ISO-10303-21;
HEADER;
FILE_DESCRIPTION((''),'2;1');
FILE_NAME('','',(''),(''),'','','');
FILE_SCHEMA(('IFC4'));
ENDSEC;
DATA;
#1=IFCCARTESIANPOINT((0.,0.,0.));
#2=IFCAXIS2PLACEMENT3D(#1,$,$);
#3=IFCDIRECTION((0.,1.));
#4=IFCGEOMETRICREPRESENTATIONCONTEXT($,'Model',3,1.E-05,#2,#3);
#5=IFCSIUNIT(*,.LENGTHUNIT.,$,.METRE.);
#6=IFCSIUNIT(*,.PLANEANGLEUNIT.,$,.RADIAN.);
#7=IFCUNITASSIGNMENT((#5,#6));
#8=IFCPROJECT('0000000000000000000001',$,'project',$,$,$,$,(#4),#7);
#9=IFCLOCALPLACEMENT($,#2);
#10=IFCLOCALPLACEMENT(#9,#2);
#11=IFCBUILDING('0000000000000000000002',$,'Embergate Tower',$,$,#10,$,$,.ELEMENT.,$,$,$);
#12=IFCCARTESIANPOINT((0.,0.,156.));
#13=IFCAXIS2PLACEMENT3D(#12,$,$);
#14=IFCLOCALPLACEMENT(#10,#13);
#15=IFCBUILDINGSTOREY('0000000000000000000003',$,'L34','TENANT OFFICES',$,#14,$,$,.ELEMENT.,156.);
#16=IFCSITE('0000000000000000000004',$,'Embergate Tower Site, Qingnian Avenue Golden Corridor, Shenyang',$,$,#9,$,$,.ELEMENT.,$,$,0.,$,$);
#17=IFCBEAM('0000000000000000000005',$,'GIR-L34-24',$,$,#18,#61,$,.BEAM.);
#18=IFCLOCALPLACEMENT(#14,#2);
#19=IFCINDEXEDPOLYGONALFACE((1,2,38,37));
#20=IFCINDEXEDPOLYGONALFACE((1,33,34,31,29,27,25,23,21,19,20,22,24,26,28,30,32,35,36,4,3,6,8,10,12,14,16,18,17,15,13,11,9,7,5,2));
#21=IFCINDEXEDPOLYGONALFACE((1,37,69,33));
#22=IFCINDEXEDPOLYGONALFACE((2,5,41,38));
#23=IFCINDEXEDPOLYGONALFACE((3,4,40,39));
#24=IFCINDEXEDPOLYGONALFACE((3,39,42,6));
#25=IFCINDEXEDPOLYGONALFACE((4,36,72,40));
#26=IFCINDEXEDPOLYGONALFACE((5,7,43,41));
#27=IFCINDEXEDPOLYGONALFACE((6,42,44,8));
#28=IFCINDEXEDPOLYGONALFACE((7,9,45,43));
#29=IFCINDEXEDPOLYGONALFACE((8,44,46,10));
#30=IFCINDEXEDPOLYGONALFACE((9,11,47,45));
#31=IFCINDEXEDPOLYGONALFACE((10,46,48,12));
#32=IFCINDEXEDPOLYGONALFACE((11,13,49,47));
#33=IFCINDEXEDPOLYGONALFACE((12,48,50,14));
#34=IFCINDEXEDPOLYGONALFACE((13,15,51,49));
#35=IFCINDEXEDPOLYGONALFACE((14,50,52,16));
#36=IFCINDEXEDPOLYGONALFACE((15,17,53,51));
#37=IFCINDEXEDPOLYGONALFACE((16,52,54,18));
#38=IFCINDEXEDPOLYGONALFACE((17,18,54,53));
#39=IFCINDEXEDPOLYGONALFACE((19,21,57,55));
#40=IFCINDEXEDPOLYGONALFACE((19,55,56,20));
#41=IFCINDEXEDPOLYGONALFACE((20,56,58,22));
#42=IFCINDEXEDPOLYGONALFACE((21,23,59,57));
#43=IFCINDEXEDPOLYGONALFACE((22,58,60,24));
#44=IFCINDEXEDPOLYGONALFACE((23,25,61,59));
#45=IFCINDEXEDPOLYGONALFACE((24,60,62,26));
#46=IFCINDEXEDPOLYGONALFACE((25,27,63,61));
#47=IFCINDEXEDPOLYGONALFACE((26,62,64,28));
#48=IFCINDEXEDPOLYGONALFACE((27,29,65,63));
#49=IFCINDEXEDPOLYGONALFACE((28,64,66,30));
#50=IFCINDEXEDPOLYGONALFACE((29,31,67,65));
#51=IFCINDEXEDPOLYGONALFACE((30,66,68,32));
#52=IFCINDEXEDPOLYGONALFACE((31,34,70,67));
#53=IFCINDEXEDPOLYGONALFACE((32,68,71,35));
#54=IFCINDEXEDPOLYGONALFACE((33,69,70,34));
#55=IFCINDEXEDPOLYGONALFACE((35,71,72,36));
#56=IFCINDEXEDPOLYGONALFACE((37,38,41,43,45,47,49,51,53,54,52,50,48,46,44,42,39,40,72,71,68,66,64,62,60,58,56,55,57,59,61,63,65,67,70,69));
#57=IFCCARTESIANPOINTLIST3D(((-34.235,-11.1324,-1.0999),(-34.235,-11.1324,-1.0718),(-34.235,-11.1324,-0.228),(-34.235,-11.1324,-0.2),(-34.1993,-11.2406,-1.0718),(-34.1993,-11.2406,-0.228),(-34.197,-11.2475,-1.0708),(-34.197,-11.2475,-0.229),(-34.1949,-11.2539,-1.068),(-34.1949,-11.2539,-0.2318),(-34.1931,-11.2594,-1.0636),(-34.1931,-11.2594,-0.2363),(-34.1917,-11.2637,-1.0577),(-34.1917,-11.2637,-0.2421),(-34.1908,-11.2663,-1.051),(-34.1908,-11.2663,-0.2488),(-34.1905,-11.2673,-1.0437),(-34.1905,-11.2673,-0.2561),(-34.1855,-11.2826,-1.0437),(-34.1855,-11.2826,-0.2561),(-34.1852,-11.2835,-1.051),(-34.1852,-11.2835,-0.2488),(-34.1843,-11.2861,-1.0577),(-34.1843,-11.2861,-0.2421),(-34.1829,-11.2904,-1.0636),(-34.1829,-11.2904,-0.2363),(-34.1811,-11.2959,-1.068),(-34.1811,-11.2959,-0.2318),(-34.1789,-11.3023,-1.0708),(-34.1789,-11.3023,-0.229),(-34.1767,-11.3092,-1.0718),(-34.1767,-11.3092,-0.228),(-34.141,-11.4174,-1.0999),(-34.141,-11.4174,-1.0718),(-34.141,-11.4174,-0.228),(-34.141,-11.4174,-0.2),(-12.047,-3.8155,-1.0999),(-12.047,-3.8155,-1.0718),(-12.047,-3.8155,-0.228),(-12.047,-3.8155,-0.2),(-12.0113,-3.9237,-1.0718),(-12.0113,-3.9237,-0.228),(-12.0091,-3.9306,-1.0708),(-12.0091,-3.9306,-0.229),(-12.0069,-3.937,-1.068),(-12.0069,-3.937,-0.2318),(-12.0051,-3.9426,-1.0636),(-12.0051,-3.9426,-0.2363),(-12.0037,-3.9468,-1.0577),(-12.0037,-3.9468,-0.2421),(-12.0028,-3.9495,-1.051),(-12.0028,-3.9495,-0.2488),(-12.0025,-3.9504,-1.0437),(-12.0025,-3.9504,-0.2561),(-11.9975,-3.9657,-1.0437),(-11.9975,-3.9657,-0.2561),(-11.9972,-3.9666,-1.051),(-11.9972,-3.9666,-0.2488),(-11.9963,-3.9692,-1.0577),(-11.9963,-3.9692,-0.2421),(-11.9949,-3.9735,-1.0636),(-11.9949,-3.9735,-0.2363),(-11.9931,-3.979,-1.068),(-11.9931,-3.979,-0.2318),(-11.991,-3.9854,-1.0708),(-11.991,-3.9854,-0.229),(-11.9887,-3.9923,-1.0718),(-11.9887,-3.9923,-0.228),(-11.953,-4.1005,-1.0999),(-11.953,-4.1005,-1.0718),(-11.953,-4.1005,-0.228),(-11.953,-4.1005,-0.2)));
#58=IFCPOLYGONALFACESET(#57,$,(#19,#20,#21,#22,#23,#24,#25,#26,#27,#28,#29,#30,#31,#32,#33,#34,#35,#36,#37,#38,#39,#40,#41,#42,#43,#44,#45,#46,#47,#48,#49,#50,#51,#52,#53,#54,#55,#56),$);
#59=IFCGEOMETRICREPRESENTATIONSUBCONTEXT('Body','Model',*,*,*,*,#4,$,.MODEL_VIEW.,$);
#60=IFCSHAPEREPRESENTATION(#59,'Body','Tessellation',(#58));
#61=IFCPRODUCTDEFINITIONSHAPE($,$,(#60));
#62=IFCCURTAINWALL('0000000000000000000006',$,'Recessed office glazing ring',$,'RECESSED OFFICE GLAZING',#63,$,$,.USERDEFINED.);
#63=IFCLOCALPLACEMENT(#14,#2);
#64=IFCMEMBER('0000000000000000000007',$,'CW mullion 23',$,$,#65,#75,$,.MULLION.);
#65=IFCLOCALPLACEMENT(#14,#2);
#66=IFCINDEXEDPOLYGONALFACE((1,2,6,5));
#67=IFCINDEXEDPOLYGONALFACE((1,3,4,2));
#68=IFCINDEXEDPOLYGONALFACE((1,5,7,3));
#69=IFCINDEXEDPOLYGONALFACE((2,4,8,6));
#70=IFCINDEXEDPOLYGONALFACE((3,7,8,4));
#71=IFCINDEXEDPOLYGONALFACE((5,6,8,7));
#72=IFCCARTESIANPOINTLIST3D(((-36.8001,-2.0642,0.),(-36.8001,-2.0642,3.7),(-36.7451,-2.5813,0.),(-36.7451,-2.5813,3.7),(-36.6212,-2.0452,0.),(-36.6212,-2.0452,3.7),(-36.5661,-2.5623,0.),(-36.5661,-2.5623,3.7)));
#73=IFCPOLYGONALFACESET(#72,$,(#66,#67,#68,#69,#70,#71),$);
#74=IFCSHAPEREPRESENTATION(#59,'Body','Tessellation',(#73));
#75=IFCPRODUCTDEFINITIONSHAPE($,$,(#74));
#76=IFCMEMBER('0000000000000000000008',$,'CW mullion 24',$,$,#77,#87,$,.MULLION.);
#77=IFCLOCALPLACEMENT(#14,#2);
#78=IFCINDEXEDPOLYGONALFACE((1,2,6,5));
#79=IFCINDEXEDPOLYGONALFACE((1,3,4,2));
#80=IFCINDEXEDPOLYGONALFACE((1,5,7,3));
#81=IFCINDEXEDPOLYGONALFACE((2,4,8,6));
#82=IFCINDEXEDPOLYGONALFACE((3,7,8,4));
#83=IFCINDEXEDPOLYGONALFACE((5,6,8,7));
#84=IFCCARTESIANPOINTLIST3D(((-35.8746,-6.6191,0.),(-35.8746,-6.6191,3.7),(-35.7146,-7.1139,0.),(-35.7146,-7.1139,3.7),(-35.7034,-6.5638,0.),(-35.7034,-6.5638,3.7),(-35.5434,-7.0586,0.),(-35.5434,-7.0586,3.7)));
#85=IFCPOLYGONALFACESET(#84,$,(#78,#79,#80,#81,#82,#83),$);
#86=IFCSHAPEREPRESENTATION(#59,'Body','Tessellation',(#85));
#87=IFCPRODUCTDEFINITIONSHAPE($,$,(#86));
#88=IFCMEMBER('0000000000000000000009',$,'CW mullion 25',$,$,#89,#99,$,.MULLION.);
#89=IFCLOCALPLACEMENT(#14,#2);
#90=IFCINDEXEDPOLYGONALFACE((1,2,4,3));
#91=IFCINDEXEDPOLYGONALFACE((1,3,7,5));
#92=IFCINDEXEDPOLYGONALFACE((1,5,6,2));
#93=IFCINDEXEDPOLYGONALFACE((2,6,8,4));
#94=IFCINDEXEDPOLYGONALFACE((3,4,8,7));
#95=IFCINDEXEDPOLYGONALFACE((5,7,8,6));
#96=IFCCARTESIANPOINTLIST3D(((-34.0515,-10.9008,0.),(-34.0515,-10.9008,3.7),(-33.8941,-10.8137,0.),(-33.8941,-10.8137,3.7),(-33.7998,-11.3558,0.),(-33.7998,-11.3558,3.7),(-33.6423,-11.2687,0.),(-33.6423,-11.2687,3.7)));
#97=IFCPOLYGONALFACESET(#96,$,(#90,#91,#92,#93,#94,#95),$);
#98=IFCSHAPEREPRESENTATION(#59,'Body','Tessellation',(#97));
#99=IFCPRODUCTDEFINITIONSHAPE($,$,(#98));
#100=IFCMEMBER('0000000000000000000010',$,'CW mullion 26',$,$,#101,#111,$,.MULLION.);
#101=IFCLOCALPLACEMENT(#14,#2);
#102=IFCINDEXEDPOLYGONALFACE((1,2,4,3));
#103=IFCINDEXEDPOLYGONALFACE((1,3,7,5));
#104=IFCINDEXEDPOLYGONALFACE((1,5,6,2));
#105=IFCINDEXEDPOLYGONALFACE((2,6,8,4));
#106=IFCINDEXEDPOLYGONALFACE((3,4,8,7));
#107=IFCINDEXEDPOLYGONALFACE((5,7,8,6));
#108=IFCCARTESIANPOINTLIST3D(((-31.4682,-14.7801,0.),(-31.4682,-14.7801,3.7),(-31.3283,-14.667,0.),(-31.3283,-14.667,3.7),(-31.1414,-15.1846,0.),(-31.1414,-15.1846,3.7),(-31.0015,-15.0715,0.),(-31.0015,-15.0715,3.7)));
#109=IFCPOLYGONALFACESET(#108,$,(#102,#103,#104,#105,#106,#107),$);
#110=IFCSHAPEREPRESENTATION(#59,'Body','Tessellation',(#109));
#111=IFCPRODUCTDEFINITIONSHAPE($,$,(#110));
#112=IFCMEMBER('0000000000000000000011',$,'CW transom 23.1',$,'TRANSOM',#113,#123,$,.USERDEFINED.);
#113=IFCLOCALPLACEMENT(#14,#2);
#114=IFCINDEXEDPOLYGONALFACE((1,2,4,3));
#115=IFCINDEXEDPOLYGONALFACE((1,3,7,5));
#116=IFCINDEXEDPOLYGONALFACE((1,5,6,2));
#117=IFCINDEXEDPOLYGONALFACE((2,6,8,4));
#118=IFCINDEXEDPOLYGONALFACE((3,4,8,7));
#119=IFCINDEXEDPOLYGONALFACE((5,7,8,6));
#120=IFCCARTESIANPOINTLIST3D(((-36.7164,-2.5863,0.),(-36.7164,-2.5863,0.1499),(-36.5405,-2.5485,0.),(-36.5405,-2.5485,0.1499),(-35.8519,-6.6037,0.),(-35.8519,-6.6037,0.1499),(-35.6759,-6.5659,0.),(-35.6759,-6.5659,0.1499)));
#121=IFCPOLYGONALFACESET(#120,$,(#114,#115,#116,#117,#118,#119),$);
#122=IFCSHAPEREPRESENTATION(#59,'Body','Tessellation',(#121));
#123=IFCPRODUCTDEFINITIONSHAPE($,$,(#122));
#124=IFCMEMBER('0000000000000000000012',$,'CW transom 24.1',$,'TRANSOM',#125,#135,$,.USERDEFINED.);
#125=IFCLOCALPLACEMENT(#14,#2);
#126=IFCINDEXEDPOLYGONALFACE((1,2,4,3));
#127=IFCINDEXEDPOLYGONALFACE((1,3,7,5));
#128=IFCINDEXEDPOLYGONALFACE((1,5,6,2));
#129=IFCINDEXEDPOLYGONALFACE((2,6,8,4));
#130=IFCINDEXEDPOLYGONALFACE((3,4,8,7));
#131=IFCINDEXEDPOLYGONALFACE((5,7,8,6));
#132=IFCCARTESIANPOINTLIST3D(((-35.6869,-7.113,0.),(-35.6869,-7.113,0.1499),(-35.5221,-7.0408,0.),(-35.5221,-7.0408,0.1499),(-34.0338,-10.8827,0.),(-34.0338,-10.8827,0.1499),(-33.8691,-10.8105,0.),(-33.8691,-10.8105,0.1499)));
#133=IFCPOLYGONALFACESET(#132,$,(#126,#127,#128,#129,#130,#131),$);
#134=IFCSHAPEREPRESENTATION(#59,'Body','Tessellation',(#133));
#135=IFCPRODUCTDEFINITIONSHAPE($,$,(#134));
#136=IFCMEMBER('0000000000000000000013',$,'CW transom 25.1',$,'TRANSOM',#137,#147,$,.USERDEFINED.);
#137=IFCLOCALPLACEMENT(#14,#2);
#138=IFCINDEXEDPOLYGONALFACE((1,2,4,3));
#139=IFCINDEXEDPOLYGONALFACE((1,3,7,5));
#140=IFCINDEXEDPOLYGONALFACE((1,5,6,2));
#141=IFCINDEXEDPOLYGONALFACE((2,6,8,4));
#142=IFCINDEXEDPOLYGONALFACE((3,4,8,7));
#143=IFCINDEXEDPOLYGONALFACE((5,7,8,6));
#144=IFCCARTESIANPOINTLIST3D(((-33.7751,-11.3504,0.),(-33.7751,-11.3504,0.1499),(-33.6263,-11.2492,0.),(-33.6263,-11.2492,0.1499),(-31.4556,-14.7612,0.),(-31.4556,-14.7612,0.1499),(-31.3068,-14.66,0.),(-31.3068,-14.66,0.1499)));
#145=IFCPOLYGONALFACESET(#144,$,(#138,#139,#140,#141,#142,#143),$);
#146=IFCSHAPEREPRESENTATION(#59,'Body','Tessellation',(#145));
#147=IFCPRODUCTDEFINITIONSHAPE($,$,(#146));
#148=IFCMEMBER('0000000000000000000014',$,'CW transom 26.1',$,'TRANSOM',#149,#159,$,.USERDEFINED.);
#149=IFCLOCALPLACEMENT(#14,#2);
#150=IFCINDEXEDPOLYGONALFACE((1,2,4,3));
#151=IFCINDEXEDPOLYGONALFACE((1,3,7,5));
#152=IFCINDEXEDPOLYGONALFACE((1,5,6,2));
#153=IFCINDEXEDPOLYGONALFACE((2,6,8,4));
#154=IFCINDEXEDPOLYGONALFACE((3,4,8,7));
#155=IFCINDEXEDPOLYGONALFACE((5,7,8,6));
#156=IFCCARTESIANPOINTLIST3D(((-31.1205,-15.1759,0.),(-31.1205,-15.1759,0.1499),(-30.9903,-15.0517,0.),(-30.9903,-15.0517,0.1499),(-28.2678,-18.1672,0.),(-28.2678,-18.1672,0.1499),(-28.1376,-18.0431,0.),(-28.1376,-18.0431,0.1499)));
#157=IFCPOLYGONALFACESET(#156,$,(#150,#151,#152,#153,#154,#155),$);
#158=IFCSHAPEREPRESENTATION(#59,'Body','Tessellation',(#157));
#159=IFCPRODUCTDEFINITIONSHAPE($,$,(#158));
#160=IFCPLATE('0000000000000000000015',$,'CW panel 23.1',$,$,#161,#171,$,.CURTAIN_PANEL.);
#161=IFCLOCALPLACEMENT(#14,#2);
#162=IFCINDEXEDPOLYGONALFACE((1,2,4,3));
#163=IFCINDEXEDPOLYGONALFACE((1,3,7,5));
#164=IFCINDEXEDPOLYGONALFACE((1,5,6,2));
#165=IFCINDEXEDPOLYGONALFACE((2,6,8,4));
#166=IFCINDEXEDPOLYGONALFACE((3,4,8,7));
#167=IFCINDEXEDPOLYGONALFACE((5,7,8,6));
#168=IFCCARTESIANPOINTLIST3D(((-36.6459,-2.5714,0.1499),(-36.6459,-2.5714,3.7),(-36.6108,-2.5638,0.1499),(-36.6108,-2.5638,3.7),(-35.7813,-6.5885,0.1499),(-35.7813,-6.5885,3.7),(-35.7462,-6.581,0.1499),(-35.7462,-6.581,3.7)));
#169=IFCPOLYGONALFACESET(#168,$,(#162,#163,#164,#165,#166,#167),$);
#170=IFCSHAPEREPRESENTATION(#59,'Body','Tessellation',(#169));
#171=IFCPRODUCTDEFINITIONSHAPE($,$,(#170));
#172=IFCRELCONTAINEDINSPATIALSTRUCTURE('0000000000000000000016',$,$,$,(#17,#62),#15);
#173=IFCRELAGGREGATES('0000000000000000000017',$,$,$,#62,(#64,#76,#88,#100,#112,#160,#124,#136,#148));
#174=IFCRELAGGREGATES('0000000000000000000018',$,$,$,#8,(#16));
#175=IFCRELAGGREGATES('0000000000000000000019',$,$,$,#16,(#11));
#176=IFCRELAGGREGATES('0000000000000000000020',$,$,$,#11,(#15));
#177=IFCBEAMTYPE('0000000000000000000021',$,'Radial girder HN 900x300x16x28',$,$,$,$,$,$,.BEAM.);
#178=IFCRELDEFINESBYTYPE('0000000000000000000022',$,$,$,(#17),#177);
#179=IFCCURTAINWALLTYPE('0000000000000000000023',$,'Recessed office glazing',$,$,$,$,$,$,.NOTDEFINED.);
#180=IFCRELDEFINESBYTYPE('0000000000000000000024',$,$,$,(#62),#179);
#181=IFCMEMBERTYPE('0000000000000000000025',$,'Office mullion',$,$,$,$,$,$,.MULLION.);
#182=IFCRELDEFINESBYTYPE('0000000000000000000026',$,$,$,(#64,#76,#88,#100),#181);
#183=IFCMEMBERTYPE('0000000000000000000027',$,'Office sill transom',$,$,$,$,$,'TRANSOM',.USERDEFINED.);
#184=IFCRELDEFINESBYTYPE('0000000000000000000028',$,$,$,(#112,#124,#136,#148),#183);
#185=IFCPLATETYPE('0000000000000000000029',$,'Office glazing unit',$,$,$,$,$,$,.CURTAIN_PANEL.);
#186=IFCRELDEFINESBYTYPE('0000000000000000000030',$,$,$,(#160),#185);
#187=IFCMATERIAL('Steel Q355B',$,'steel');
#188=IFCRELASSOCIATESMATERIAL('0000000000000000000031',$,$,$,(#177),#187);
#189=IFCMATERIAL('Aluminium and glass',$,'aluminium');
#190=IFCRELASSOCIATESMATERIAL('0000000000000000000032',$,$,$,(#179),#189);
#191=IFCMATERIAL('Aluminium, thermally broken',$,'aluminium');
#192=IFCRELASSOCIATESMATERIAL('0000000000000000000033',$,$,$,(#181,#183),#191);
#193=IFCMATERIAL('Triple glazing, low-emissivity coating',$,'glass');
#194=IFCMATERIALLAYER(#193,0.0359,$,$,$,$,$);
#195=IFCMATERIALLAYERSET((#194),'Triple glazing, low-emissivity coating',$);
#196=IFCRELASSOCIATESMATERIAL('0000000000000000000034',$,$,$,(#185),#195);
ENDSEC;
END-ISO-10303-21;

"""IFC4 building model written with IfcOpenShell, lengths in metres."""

from ifc_helpers import new_model, si_unit, direction, frame, origin, origin_2d, place, context, subcontext, project, spatial, rectangle, i_section, extrude, source, transform, mapped, material, layer, layer_set, material_profile, profile_set, type_object, element, aggregate, save


model = new_model("IFC4")

# Units and contexts
model_context = context("Model", 3, precision=1e-05, world=origin(), true_north=direction((0.0, 1.0)))
body_context = subcontext(model_context, "Body", "Model", "MODEL_VIEW")
ifc_project = project(units=[si_unit("LENGTHUNIT", "METRE"), si_unit("PLANEANGLEUNIT", "RADIAN")], contexts=[model_context])

# Site, building, storey
site_placement = place(None, origin())
site = spatial("IfcSite", under=ifc_project, at=site_placement, Name="Embergate Tower Site, Qingnian Avenue Golden Corridor, Shenyang", CompositionType="ELEMENT", RefElevation=0.0)
building_placement = place(site_placement, origin())
building = spatial("IfcBuilding", under=site, at=building_placement, Name="Embergate Tower", CompositionType="ELEMENT")
storey_placement = place(building_placement, frame((0.0, 0.0, 156.0)))
storey = spatial("IfcBuildingStorey", under=building, at=storey_placement, Name="L34", Description="TENANT OFFICES", CompositionType="ELEMENT", Elevation=156.0)

# Beam
ifc_material_1 = material(Name="Steel Q355B", Category="steel")
ifc_material_profile_1 = material_profile(ifc_material_1, i_section(OverallWidth=0.3, OverallDepth=0.8999, WebThickness=0.0161, FlangeThickness=0.0281, FilletRadius=0.0281, at=origin_2d()), Name="HN 900x300x16x28")
ifc_profile_set_1 = profile_set([ifc_material_profile_1], Name="Steel Q355 grade B")
beam_type_1 = type_object("IfcBeamType", Name="Radial girder HN 900x300x16x28", PredefinedType="BEAM", material=ifc_profile_set_1)
shared_shape_1 = source(origin(), body_context, "Body", "SweptSolid", [
    extrude(i_section(OverallWidth=0.3, OverallDepth=0.8999, WebThickness=0.0161, FlangeThickness=0.0281, FilletRadius=0.0281, at=origin_2d()), origin(), (0.0, 0.0, 1.0), 23.3633),
])
beam_1_placement = place(storey_placement, frame((-34.188, -11.2749, -0.6499), z_axis=(0.949694, 0.313179, 0.0), x_axis=(-0.313179, 0.949694, 0.0)))
element("IfcBeam", 1, at=beam_1_placement, inside=storey, type_object=beam_type_1, Name="GIR-L34-24", PredefinedType="BEAM", context=body_context, shape_type="MappedRepresentation", body=[
    mapped(shared_shape_1, transform((0.0, 0.0, 0.0))),
])

# Curtain wall, members, plate
ifc_material_2 = material(Name="Aluminium and glass", Category="aluminium")
curtain_wall_type = type_object("IfcCurtainWallType", Name="Recessed office glazing", PredefinedType="NOTDEFINED", material=ifc_material_2)
curtain_wall_placement = place(storey_placement, origin())
curtain_wall = element("IfcCurtainWall", 2, at=curtain_wall_placement, inside=storey, type_object=curtain_wall_type, Name="Recessed office glazing ring", ObjectType="RECESSED OFFICE GLAZING", PredefinedType="USERDEFINED")
ifc_material_3 = material(Name="Aluminium, thermally broken", Category="aluminium")
ifc_material_profile_2 = material_profile(ifc_material_3, rectangle(XDim=0.1799, YDim=0.52, at=origin_2d()), Name="AL 520x180")
ifc_profile_set_2 = profile_set([ifc_material_profile_2], Name="Aluminium, thermally broken")
member_type_1 = type_object("IfcMemberType", Name="Office mullion", PredefinedType="MULLION", material=ifc_profile_set_2)
shared_shape_2 = source(origin(), body_context, "Body", "SweptSolid", [
    extrude(rectangle(XDim=0.1799, YDim=0.52, at=origin_2d()), origin(), (0.0, 0.0, 1.0), 3.7),
])
member_1_placement = place(storey_placement, frame((-36.6831, -2.3132, 0.0), z_axis=(0.0, 0.0, 1.0), x_axis=(0.994385, 0.105823, 0.0)))
member_1 = element("IfcMember", 3, at=member_1_placement, type_object=member_type_1, Name="CW mullion 23", PredefinedType="MULLION", context=body_context, shape_type="MappedRepresentation", body=[
    mapped(shared_shape_2, transform((0.0, 0.0, 0.0))),
])
member_2_placement = place(storey_placement, frame((-35.709, -6.8389, 0.0), z_axis=(0.0, 0.0, 1.0), x_axis=(0.951498, 0.307654, 0.0)))
member_2 = element("IfcMember", 4, at=member_2_placement, type_object=member_type_1, Name="CW mullion 24", PredefinedType="MULLION", context=body_context, shape_type="MappedRepresentation", body=[
    mapped(shared_shape_2, transform((0.0, 0.0, 0.0))),
])
member_3_placement = place(storey_placement, frame((-33.8469, -11.0847, 0.0), z_axis=(0.0, 0.0, 1.0), x_axis=(0.875002, 0.484119, 0.0)))
member_3 = element("IfcMember", 5, at=member_3_placement, type_object=member_type_1, Name="CW mullion 25", PredefinedType="MULLION", context=body_context, shape_type="MappedRepresentation", body=[
    mapped(shared_shape_2, transform((0.0, 0.0, 0.0))),
])
member_4_placement = place(storey_placement, frame((-31.2349, -14.9258, 0.0), z_axis=(0.0, 0.0, 1.0), x_axis=(0.777873, 0.628422, 0.0)))
member_4 = element("IfcMember", 6, at=member_4_placement, type_object=member_type_1, Name="CW mullion 26", PredefinedType="MULLION", context=body_context, shape_type="MappedRepresentation", body=[
    mapped(shared_shape_2, transform((0.0, 0.0, 0.0))),
])
ifc_material_profile_3 = material_profile(ifc_material_3, rectangle(XDim=0.1799, YDim=0.1499, at=origin_2d()), Name="AL 150x180")
ifc_profile_set_3 = profile_set([ifc_material_profile_3], Name="Aluminium, thermally broken")
member_type_2 = type_object("IfcMemberType", Name="Office sill transom", ElementType="TRANSOM", PredefinedType="USERDEFINED", material=ifc_profile_set_3)
shared_shape_3 = source(origin(), body_context, "Body", "SweptSolid", [
    extrude(rectangle(XDim=0.1799, YDim=0.1499, at=origin_2d()), origin(), (0.0, 0.0, 1.0), 4.1094),
])
member_5_placement = place(storey_placement, frame((-36.6284, -2.5674, 0.075), z_axis=(0.210377, -0.97762, 0.0), x_axis=(0.97762, 0.210377, 0.0)))
member_5 = element("IfcMember", 7, at=member_5_placement, type_object=member_type_2, Name="CW transom 23.1", ObjectType="TRANSOM", PredefinedType="USERDEFINED", context=body_context, shape_type="MappedRepresentation", body=[
    mapped(shared_shape_3, transform((0.0, 0.0, 0.0))),
])
shared_shape_4 = source(origin(), body_context, "Body", "SweptSolid", [
    extrude(rectangle(XDim=0.1799, YDim=0.1499, at=origin_2d()), origin(), (0.0, 0.0, 1.0), 4.1162),
])
member_6_placement = place(storey_placement, frame((-35.6045, -7.0769, 0.075), z_axis=(0.401593, -0.915818, 0.0), x_axis=(0.915818, 0.401593, 0.0)))
member_6 = element("IfcMember", 8, at=member_6_placement, type_object=member_type_2, Name="CW transom 24.1", ObjectType="TRANSOM", PredefinedType="USERDEFINED", context=body_context, shape_type="MappedRepresentation", body=[
    mapped(shared_shape_4, transform((0.0, 0.0, 0.0))),
])
shared_shape_5 = source(origin(), body_context, "Body", "SweptSolid", [
    extrude(rectangle(XDim=0.1799, YDim=0.1499, at=origin_2d()), origin(), (0.0, 0.0, 1.0), 4.1248),
])
member_7_placement = place(storey_placement, frame((-33.7007, -11.2998, 0.075), z_axis=(0.562339, -0.826907, 0.0), x_axis=(0.826907, 0.562339, 0.0)))
member_7 = element("IfcMember", 9, at=member_7_placement, type_object=member_type_2, Name="CW transom 25.1", ObjectType="TRANSOM", PredefinedType="USERDEFINED", context=body_context, shape_type="MappedRepresentation", body=[
    mapped(shared_shape_5, transform((0.0, 0.0, 0.0))),
])
shared_shape_6 = source(origin(), body_context, "Body", "SweptSolid", [
    extrude(rectangle(XDim=0.1799, YDim=0.1499, at=origin_2d()), origin(), (0.0, 0.0, 1.0), 4.1335),
])
member_8_placement = place(storey_placement, frame((-31.0554, -15.1138, 0.075), z_axis=(0.690134, -0.723681, 0.0), x_axis=(0.723681, 0.690134, 0.0)))
member_8 = element("IfcMember", 10, at=member_8_placement, type_object=member_type_2, Name="CW transom 26.1", ObjectType="TRANSOM", PredefinedType="USERDEFINED", context=body_context, shape_type="MappedRepresentation", body=[
    mapped(shared_shape_6, transform((0.0, 0.0, 0.0))),
])
ifc_material_4 = material(Name="Triple glazing, low-emissivity coating", Category="glass")
ifc_layer_1 = layer(ifc_material_4, 0.0359)
ifc_layer_set_1 = layer_set([ifc_layer_1], Name="Triple glazing, low-emissivity coating")
plate_type = type_object("IfcPlateType", Name="Office glazing unit", PredefinedType="CURTAIN_PANEL", material=ifc_layer_set_1)
shared_shape_7 = source(origin(), body_context, "Body", "SweptSolid", [
    extrude(rectangle(XDim=4.1091, YDim=0.0359, at=origin_2d()), origin(), (0.0, 0.0, 1.0), 3.55),
])
plate_1_placement = place(storey_placement, frame((-36.196, -4.5762, 0.1499), z_axis=(0.0, 0.0, 1.0), x_axis=(0.210398, -0.977616, 0.0)))
plate_1 = element("IfcPlate", 11, at=plate_1_placement, type_object=plate_type, Name="CW panel 23.1", PredefinedType="CURTAIN_PANEL", context=body_context, shape_type="MappedRepresentation", body=[
    mapped(shared_shape_7, transform((0.0, 0.0, 0.0))),
])
aggregate(curtain_wall, [member_1, member_2, member_3, member_4, member_5, plate_1, member_6, member_7, member_8])

save(model, "model.ifc")
